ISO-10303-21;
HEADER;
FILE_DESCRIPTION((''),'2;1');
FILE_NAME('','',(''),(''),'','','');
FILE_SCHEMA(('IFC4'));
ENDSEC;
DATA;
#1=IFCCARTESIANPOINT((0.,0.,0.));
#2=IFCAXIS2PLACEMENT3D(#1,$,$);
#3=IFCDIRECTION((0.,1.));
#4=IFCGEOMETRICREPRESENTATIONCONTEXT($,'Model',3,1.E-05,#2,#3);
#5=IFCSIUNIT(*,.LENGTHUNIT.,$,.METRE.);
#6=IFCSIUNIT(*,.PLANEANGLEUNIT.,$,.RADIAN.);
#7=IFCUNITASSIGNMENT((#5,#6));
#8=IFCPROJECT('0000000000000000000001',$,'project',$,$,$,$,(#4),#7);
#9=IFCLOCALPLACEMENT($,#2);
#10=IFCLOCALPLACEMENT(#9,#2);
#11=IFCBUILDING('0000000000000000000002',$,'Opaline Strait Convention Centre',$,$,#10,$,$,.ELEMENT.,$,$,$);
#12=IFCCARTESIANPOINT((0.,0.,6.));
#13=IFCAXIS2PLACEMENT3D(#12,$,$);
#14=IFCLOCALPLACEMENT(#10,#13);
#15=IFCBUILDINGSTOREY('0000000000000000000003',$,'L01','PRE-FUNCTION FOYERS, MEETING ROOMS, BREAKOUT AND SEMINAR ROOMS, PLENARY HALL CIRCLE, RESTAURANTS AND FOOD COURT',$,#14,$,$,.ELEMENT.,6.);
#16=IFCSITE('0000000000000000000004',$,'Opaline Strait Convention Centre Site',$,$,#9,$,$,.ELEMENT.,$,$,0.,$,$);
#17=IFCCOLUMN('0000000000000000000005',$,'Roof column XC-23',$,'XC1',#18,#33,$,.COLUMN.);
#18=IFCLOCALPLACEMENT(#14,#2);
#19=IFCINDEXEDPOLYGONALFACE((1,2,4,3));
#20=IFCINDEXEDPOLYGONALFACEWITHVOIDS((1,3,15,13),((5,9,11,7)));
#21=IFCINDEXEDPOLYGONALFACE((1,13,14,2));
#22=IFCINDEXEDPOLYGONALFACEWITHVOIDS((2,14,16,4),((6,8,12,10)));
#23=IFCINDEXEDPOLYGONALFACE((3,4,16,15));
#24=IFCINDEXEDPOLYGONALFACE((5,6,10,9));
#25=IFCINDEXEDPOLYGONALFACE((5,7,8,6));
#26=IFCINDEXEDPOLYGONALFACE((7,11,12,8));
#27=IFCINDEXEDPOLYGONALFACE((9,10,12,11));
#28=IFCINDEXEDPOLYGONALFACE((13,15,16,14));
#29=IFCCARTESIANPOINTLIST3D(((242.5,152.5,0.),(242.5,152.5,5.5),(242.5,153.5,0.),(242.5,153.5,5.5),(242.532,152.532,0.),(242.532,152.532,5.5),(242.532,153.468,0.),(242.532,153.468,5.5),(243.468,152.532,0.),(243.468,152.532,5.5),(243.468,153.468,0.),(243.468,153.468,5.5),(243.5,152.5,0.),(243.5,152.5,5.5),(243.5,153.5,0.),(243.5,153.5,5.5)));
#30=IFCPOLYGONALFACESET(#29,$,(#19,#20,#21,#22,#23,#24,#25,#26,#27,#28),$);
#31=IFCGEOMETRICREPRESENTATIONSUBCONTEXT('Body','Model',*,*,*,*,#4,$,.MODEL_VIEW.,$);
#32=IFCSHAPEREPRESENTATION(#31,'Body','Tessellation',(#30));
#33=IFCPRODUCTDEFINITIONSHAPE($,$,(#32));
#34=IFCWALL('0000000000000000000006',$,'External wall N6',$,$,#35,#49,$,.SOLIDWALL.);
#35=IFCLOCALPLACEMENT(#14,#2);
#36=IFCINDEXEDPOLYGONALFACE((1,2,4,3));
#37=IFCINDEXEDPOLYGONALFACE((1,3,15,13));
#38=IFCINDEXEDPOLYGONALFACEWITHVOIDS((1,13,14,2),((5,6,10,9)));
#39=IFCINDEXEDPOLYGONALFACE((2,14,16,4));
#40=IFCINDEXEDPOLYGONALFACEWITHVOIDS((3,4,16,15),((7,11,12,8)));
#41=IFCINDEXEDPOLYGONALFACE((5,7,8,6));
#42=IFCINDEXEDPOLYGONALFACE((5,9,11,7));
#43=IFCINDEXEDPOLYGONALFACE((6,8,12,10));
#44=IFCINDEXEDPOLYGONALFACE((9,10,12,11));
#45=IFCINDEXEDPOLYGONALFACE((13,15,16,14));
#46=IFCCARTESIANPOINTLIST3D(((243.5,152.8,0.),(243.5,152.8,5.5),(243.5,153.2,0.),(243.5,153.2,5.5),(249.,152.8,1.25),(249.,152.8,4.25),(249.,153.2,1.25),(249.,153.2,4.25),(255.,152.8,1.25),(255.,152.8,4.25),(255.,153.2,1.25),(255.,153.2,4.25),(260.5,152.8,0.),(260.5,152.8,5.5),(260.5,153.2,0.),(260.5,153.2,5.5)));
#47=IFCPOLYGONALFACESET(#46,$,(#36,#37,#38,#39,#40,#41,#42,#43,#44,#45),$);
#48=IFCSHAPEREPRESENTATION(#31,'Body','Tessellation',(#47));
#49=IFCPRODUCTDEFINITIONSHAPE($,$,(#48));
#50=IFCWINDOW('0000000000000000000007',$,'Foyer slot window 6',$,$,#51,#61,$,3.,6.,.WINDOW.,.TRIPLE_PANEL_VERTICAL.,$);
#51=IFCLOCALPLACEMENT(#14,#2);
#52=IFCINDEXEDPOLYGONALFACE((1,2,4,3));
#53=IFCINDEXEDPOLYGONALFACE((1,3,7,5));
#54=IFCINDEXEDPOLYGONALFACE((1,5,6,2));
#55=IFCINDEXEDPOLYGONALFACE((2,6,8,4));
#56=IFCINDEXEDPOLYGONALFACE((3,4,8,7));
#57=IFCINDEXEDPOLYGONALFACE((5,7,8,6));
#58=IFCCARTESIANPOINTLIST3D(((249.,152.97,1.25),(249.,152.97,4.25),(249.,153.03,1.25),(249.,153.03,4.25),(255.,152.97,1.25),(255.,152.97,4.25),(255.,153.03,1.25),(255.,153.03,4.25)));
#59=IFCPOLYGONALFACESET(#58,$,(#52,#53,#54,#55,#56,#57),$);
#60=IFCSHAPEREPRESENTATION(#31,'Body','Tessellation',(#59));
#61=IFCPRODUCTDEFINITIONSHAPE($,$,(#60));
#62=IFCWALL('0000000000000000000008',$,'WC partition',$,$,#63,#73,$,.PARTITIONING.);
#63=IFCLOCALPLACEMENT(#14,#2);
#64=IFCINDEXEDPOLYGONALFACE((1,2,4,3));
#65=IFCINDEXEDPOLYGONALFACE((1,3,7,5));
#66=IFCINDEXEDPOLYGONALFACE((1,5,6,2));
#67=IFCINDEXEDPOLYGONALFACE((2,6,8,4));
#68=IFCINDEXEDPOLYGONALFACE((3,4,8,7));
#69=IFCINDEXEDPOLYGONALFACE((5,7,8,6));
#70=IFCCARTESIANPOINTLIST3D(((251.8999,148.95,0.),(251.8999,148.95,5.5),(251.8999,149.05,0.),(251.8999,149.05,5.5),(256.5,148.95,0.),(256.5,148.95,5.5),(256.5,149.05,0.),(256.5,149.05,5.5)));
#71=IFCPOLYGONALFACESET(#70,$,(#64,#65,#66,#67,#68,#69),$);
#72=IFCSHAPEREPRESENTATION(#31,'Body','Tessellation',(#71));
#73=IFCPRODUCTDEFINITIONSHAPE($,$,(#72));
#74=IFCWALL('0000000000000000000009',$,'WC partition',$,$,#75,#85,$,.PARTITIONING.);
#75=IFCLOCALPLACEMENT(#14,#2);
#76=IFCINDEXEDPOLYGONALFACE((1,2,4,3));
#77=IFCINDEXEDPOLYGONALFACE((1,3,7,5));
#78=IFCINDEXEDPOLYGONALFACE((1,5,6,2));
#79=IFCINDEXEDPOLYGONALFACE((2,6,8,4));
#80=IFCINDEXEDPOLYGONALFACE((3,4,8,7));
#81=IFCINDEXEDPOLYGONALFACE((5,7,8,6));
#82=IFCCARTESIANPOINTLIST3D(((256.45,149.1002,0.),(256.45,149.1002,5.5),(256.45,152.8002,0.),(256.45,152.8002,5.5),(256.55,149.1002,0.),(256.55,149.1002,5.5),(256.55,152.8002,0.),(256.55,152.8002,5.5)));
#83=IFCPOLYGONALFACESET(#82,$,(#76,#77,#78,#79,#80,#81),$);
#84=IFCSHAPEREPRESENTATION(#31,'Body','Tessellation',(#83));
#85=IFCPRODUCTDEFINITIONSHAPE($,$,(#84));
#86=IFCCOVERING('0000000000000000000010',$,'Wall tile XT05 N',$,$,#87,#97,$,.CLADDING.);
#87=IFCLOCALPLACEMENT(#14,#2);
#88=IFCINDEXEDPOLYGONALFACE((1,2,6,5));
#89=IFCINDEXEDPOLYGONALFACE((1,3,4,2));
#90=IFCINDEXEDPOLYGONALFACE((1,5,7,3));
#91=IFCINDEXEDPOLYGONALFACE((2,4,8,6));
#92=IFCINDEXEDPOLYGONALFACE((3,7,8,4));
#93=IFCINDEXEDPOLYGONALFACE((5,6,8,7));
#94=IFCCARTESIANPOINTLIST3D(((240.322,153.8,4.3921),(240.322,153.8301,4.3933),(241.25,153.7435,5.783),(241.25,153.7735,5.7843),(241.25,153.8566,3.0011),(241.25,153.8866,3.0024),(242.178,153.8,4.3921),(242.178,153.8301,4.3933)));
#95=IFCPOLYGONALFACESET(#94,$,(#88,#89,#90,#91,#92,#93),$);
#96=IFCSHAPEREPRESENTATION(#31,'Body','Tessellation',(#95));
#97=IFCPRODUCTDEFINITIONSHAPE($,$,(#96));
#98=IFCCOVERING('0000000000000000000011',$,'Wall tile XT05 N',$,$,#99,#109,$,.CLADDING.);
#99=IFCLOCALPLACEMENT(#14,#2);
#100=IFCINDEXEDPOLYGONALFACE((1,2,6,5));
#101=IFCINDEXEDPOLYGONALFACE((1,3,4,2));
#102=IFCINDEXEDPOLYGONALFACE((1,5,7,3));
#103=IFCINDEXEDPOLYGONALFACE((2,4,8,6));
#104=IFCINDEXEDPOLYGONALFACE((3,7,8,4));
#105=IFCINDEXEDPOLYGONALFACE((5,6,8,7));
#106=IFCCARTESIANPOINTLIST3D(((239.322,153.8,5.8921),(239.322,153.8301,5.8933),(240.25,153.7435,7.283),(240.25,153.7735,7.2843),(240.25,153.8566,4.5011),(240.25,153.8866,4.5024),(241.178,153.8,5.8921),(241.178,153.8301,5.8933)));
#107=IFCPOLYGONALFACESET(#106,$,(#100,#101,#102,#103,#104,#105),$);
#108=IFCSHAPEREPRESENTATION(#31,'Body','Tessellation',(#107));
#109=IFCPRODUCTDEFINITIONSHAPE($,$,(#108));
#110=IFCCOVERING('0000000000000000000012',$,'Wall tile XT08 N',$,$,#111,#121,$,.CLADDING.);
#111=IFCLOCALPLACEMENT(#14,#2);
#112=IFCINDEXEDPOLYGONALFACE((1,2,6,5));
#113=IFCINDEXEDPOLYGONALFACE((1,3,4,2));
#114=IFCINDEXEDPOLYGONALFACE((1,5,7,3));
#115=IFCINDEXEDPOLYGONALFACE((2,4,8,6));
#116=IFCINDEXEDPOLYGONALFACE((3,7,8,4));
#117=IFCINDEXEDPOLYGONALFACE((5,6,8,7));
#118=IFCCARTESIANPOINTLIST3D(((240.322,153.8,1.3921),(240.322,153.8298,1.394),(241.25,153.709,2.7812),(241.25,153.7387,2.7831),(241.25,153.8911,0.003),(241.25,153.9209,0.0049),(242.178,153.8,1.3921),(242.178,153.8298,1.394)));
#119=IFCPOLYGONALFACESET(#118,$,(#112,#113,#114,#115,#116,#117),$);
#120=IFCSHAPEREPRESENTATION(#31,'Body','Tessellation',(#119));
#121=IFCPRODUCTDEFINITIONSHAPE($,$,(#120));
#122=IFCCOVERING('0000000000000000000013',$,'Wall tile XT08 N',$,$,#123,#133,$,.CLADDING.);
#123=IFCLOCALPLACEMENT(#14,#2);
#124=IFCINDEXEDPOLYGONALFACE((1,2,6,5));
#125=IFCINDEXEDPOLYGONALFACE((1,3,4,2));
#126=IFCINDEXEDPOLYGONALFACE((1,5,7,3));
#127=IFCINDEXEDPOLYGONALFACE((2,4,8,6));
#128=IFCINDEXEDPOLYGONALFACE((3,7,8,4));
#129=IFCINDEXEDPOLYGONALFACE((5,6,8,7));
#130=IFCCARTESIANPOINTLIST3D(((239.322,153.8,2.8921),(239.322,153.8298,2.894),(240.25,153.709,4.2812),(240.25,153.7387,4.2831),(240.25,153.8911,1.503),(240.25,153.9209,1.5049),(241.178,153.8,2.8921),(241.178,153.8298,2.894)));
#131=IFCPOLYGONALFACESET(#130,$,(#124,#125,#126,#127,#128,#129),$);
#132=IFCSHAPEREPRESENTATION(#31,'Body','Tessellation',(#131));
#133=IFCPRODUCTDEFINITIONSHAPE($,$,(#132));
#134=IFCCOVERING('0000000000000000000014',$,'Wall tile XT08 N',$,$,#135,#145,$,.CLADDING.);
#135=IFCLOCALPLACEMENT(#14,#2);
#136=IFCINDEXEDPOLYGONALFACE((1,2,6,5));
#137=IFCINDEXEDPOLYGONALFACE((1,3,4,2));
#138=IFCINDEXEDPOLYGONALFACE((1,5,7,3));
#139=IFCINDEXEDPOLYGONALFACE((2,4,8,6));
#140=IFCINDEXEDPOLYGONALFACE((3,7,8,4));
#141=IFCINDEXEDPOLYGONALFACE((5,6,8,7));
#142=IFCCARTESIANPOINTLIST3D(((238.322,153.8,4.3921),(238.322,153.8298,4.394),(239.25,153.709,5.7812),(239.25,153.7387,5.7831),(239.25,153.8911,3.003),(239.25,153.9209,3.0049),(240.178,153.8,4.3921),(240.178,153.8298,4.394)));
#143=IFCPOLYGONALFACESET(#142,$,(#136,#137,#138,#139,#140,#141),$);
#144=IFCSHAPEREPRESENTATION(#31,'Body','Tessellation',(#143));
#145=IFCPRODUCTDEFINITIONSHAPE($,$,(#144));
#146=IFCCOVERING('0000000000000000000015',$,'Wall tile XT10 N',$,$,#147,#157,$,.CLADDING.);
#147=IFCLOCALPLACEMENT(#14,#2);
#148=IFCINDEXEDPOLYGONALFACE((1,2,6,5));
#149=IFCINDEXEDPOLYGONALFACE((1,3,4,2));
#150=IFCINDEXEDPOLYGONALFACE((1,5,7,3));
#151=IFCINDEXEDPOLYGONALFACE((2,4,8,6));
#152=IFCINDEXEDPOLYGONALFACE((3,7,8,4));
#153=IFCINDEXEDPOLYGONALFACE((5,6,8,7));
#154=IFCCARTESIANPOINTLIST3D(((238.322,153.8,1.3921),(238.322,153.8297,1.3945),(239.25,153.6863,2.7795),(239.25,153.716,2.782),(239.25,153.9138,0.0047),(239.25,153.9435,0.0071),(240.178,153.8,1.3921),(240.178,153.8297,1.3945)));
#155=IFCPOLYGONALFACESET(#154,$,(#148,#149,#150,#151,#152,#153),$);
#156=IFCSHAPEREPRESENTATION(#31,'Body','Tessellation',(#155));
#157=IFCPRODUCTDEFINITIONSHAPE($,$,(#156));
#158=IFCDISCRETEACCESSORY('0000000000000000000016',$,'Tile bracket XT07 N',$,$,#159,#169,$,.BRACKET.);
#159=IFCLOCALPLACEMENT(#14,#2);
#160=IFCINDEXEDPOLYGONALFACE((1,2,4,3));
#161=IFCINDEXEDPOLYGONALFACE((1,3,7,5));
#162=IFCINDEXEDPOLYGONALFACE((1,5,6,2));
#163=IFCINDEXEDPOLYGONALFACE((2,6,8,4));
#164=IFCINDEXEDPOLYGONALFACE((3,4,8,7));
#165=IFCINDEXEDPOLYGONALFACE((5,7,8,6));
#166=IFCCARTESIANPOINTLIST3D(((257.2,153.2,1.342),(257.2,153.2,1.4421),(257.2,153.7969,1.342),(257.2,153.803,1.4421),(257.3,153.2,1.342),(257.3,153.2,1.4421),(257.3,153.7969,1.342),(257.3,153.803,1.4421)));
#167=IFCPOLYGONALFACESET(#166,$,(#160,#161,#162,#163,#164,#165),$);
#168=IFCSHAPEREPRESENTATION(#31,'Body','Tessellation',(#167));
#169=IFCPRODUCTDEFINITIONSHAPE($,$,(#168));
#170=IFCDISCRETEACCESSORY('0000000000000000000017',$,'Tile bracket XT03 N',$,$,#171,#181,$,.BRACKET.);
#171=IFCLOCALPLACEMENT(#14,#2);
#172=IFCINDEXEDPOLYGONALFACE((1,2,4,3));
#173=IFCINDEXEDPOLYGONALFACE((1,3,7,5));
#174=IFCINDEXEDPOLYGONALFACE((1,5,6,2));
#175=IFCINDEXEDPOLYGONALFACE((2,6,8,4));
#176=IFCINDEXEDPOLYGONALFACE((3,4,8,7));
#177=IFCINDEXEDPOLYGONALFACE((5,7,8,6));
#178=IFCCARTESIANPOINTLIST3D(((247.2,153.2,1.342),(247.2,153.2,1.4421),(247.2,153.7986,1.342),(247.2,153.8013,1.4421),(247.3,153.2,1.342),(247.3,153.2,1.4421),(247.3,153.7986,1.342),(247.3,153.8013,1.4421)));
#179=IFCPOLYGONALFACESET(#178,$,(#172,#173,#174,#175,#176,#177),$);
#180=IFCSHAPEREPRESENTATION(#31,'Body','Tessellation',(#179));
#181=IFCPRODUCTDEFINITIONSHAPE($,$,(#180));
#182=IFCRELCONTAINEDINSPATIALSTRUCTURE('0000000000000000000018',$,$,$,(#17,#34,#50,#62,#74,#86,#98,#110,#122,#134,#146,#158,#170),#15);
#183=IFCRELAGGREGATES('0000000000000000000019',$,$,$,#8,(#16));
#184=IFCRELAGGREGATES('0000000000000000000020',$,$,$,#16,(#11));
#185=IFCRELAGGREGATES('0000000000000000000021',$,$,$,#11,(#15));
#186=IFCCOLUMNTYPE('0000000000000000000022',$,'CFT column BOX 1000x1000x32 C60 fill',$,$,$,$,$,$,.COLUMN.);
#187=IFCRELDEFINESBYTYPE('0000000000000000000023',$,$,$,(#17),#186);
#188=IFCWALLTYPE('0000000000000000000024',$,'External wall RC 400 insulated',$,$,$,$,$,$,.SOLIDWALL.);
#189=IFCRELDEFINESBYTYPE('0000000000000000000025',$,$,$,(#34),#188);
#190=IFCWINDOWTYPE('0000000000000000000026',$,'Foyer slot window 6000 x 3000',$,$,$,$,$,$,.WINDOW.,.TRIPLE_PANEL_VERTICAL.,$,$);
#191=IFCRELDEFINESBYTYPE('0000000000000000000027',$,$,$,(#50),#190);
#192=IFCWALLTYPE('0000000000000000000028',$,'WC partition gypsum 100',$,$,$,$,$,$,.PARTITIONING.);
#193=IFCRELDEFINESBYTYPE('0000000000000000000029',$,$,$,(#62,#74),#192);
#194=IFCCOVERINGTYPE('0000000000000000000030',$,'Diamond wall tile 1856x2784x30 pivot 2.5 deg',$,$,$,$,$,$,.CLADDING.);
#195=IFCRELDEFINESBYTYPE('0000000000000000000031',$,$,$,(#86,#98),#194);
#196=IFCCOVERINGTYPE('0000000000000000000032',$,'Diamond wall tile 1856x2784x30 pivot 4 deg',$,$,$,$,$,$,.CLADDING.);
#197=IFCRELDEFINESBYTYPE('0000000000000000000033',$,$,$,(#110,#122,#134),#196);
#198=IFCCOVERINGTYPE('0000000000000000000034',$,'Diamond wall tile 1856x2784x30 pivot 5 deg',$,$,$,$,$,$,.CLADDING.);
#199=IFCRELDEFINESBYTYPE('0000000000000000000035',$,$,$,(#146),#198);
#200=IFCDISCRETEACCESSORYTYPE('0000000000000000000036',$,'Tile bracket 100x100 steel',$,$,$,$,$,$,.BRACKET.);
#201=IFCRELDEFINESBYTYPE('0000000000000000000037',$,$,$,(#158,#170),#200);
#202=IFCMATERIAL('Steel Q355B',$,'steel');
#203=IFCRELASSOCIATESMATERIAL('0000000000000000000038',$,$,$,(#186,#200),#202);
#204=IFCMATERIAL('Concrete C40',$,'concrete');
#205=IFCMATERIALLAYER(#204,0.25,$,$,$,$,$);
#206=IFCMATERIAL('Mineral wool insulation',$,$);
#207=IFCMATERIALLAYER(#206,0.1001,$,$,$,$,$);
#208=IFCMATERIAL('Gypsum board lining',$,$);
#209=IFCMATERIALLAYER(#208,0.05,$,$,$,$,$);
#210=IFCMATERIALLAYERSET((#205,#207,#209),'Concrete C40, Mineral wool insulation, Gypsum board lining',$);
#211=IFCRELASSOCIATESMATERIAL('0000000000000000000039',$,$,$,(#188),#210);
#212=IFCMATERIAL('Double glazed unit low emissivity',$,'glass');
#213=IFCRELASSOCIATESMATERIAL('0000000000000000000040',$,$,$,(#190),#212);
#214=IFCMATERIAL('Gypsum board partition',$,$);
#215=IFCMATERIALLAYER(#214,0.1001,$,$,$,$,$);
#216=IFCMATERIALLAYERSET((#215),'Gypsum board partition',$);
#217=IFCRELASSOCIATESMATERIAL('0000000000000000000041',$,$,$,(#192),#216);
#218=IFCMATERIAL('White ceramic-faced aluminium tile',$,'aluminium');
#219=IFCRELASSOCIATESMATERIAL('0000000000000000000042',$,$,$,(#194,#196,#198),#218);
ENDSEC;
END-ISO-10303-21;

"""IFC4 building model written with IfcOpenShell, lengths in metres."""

from ifc_helpers import new_model, si_unit, direction, frame, frame_2d, origin, origin_2d, place, context, subcontext, project, spatial, polyline, rectangle, hollow_rectangle, outline, extrude, material, layer, layer_set, material_profile, profile_set, type_object, element, fill, save


model = new_model("IFC4")

# Units and contexts
model_context = context("Model", 3, precision=1e-05, world=origin(), true_north=direction((0.0, 1.0)))
body_context = subcontext(model_context, "Body", "Model", "MODEL_VIEW")
ifc_project = project(units=[si_unit("LENGTHUNIT", "METRE"), si_unit("PLANEANGLEUNIT", "RADIAN")], contexts=[model_context])

# Site, building, storey
site_placement = place(None, origin())
site = spatial("IfcSite", under=ifc_project, at=site_placement, Name="Opaline Strait Convention Centre Site", CompositionType="ELEMENT", RefElevation=0.0)
building_placement = place(site_placement, origin())
building = spatial("IfcBuilding", under=site, at=building_placement, Name="Opaline Strait Convention Centre", CompositionType="ELEMENT")
storey_placement = place(building_placement, frame((0.0, 0.0, 6.0)))
storey = spatial("IfcBuildingStorey", under=building, at=storey_placement, Name="L01", Description="PRE-FUNCTION FOYERS, MEETING ROOMS, BREAKOUT AND SEMINAR ROOMS, PLENARY HALL CIRCLE, RESTAURANTS AND FOOD COURT", CompositionType="ELEMENT", Elevation=6.0)

# Column
ifc_material_1 = material(Name="Steel Q355B", Category="steel")
ifc_material_profile_1 = material_profile(ifc_material_1, hollow_rectangle(XDim=1.0, YDim=1.0, WallThickness=0.032, at=origin_2d()), Name="BOX 1000x1000x32")
ifc_profile_set_1 = profile_set([ifc_material_profile_1], Name="Steel Q355B")
column_type = type_object("IfcColumnType", Name="CFT column BOX 1000x1000x32 C60 fill", PredefinedType="COLUMN", material=ifc_profile_set_1)
column_placement = place(storey_placement, frame((243.0, 153.0, 0.0), z_axis=(0.0, 0.0, 1.0), x_axis=(1.0, 0.0, 0.0)))
element("IfcColumn", 1, at=column_placement, inside=storey, type_object=column_type, Name="Roof column XC-23", ObjectType="XC1", PredefinedType="COLUMN", context=body_context, shape_type="SweptSolid", body=[
    extrude(hollow_rectangle(XDim=1.0, YDim=1.0, WallThickness=0.032, at=origin_2d()), origin(), (0.0, 0.0, 1.0), 5.5),
])

# Wall, opening, window
ifc_material_2 = material(Name="Concrete C40", Category="concrete")
ifc_layer_1 = layer(ifc_material_2, 0.25)
ifc_material_3 = material(Name="Mineral wool insulation")
ifc_layer_2 = layer(ifc_material_3, 0.1001)
ifc_material_4 = material(Name="Gypsum board lining")
ifc_layer_3 = layer(ifc_material_4, 0.05)
ifc_layer_set_1 = layer_set([ifc_layer_1, ifc_layer_2, ifc_layer_3], Name="Concrete C40, Mineral wool insulation, Gypsum board lining")
wall_type_1 = type_object("IfcWallType", Name="External wall RC 400 insulated", PredefinedType="SOLIDWALL", material=ifc_layer_set_1)
wall_1_placement = place(storey_placement, frame((243.5, 153.0, 0.0), z_axis=(0.0, 0.0, 1.0), x_axis=(1.0, 0.0, 0.0)))
wall_1 = element("IfcWall", 2, at=wall_1_placement, inside=storey, type_object=wall_type_1, Name="External wall N6", PredefinedType="SOLIDWALL", context=body_context, shape_type="SweptSolid", body=[
    extrude(rectangle(XDim=17.0, YDim=0.3999, at=frame_2d((8.5, 0.0))), origin(), (0.0, 0.0, 1.0), 5.5),
])
opening_placement = place(wall_1_placement, frame((5.5, 0.0, 1.25)))
opening = element("IfcOpeningElement", 3, at=opening_placement, cuts=wall_1, PredefinedType="OPENING", context=body_context, shape_type="SweptSolid", body=[
    extrude(rectangle(XDim=6.0, YDim=3.0, at=frame_2d((3.0, 1.5))), frame((0.0, 0.21, 0.0), z_axis=(0.0, -1.0, 0.0), x_axis=(1.0, 0.0, 0.0)), (0.0, 0.0, 1.0), 0.4199),
])
ifc_material_5 = material(Name="Double glazed unit low emissivity", Category="glass")
window_type = type_object("IfcWindowType", Name="Foyer slot window 6000 x 3000", PartitioningType="TRIPLE_PANEL_VERTICAL", PredefinedType="WINDOW", material=ifc_material_5)
window_placement = place(opening_placement, origin())
window = element("IfcWindow", 4, at=window_placement, inside=storey, type_object=window_type, Name="Foyer slot window 6", OverallHeight=3.0, OverallWidth=6.0, PartitioningType="TRIPLE_PANEL_VERTICAL", PredefinedType="WINDOW", context=body_context, shape_type="SweptSolid", body=[
    extrude(rectangle(XDim=6.0, YDim=3.0, at=frame_2d((3.0, 1.5))), frame((0.0, 0.03, 0.0), z_axis=(0.0, -1.0, 0.0), x_axis=(1.0, 0.0, 0.0)), (0.0, 0.0, 1.0), 0.0601),
])
fill(opening, window)

# Walls
ifc_material_6 = material(Name="Gypsum board partition")
ifc_layer_4 = layer(ifc_material_6, 0.1001)
ifc_layer_set_2 = layer_set([ifc_layer_4], Name="Gypsum board partition")
wall_type_2 = type_object("IfcWallType", Name="WC partition gypsum 100", PredefinedType="PARTITIONING", material=ifc_layer_set_2)
wall_2_placement = place(storey_placement, frame((256.5, 149.0, 0.0), z_axis=(0.0, 0.0, 1.0), x_axis=(-1.0, 0.0, 0.0)))
element("IfcWall", 5, at=wall_2_placement, inside=storey, type_object=wall_type_2, Name="WC partition", PredefinedType="PARTITIONING", context=body_context, shape_type="SweptSolid", body=[
    extrude(rectangle(XDim=4.6001, YDim=0.1001, at=frame_2d((2.3, 0.0))), origin(), (0.0, 0.0, 1.0), 5.5),
])
wall_3_placement = place(storey_placement, frame((256.5, 149.1001, 0.0), z_axis=(0.0, 0.0, 1.0), x_axis=(0.0, 1.0, 0.0)))
element("IfcWall", 6, at=wall_3_placement, inside=storey, type_object=wall_type_2, Name="WC partition", PredefinedType="PARTITIONING", context=body_context, shape_type="SweptSolid", body=[
    extrude(rectangle(XDim=3.7, YDim=0.1001, at=frame_2d((1.8501, 0.0))), origin(), (0.0, 0.0, 1.0), 5.5),
])

# Coverings
ifc_material_7 = material(Name="White ceramic-faced aluminium tile", Category="aluminium")
ifc_material_profile_2 = material_profile(ifc_material_7, outline(polyline([(0.928, 0.0), (0.0, 1.3921), (-0.928, 0.0), (0.0, -1.3921), (0.928, 0.0)])), Name="Diamond tile 1856x2784")
ifc_profile_set_2 = profile_set([ifc_material_profile_2], Name="White ceramic-faced aluminium tile")
covering_type_1 = type_object("IfcCoveringType", Name="Diamond wall tile 1856x2784x30 pivot 2.5 deg", PredefinedType="CLADDING", material=ifc_profile_set_2)
for number, where, z_axis, x_axis, name in (
    (7, (241.25, 153.8, 4.3921), (0.0, 0.999175, 0.040617), (-1.0, 0.0, 0.0), "Wall tile XT05 N"),
    (8, (240.25, 153.8, 5.8921), (0.0, 0.999175, 0.040617), (-1.0, 0.0, 0.0), "Wall tile XT05 N"),
):
    element("IfcCovering", number, at=place(storey_placement, frame(where, z_axis=z_axis, x_axis=x_axis)), inside=storey, type_object=covering_type_1, Name=name, PredefinedType="CLADDING", context=body_context, shape_type="SweptSolid", body=[
        extrude(outline(polyline([(0.928, 0.0), (0.0, 1.3921), (-0.928, 0.0), (0.0, -1.3921), (0.928, 0.0)])), origin(), (0.0, 0.0, 1.0), 0.03),
    ])
ifc_material_profile_3 = material_profile(ifc_material_7, outline(polyline([(0.928, 0.0), (0.0, 1.3921), (-0.928, 0.0), (0.0, -1.3921), (0.928, 0.0)])), Name="Diamond tile 1856x2784")
ifc_profile_set_3 = profile_set([ifc_material_profile_3], Name="White ceramic-faced aluminium tile")
covering_type_2 = type_object("IfcCoveringType", Name="Diamond wall tile 1856x2784x30 pivot 4 deg", PredefinedType="CLADDING", material=ifc_profile_set_3)
for number, where, z_axis, x_axis, name in (
    (9, (241.25, 153.8, 1.3921), (0.0, 0.997857, 0.065433), (-1.0, 0.0, 0.0), "Wall tile XT08 N"),
    (10, (240.25, 153.8, 2.8921), (0.0, 0.997857, 0.065433), (-1.0, 0.0, 0.0), "Wall tile XT08 N"),
    (11, (239.25, 153.8, 4.3921), (0.0, 0.997857, 0.065433), (-1.0, 0.0, 0.0), "Wall tile XT08 N"),
):
    element("IfcCovering", number, at=place(storey_placement, frame(where, z_axis=z_axis, x_axis=x_axis)), inside=storey, type_object=covering_type_2, Name=name, PredefinedType="CLADDING", context=body_context, shape_type="SweptSolid", body=[
        extrude(outline(polyline([(0.928, 0.0), (0.0, 1.3921), (-0.928, 0.0), (0.0, -1.3921), (0.928, 0.0)])), origin(), (0.0, 0.0, 1.0), 0.0298),
    ])
ifc_material_profile_4 = material_profile(ifc_material_7, outline(polyline([(0.928, 0.0), (0.0, 1.3921), (-0.928, 0.0), (0.0, -1.3921), (0.928, 0.0)])), Name="Diamond tile 1856x2784")
ifc_profile_set_4 = profile_set([ifc_material_profile_4], Name="White ceramic-faced aluminium tile")
covering_type_3 = type_object("IfcCoveringType", Name="Diamond wall tile 1856x2784x30 pivot 5 deg", PredefinedType="CLADDING", material=ifc_profile_set_4)
covering_placement = place(storey_placement, frame((239.25, 153.8, 1.3921), z_axis=(0.0, 0.996658, 0.081693), x_axis=(-1.0, 0.0, 0.0)))
element("IfcCovering", 12, at=covering_placement, inside=storey, type_object=covering_type_3, Name="Wall tile XT10 N", PredefinedType="CLADDING", context=body_context, shape_type="SweptSolid", body=[
    extrude(outline(polyline([(0.928, 0.0), (0.0, 1.3921), (-0.928, 0.0), (0.0, -1.3921), (0.928, 0.0)])), origin(), (0.0, 0.0, 1.0), 0.0298),
])

# Discrete accessories
discrete_accessory_type = type_object("IfcDiscreteAccessoryType", Name="Tile bracket 100x100 steel", PredefinedType="BRACKET", material=ifc_material_1)
discrete_accessory_1_placement = place(storey_placement, frame((257.3, 153.2, 1.3921), z_axis=(-1.0, 0.0, 0.0), x_axis=(0.0, -1.0, 0.0)))
element("IfcDiscreteAccessory", 13, at=discrete_accessory_1_placement, inside=storey, type_object=discrete_accessory_type, Name="Tile bracket XT07 N", PredefinedType="BRACKET", context=body_context, shape_type="SweptSolid", body=[
    extrude(outline(polyline([(0.0, -0.05), (0.0, 0.05), (-0.603, 0.05), (-0.5969, -0.05), (0.0, -0.05)])), origin(), (0.0, 0.0, 1.0), 0.1001),
])
discrete_accessory_2_placement = place(storey_placement, frame((247.3, 153.2, 1.3921), z_axis=(-1.0, 0.0, 0.0), x_axis=(0.0, -1.0, 0.0)))
element("IfcDiscreteAccessory", 14, at=discrete_accessory_2_placement, inside=storey, type_object=discrete_accessory_type, Name="Tile bracket XT03 N", PredefinedType="BRACKET", context=body_context, shape_type="SweptSolid", body=[
    extrude(outline(polyline([(0.0, -0.05), (0.0, 0.05), (-0.6013, 0.05), (-0.5986, -0.05), (0.0, -0.05)])), origin(), (0.0, 0.0, 1.0), 0.1001),
])

save(model, "model.ifc")
